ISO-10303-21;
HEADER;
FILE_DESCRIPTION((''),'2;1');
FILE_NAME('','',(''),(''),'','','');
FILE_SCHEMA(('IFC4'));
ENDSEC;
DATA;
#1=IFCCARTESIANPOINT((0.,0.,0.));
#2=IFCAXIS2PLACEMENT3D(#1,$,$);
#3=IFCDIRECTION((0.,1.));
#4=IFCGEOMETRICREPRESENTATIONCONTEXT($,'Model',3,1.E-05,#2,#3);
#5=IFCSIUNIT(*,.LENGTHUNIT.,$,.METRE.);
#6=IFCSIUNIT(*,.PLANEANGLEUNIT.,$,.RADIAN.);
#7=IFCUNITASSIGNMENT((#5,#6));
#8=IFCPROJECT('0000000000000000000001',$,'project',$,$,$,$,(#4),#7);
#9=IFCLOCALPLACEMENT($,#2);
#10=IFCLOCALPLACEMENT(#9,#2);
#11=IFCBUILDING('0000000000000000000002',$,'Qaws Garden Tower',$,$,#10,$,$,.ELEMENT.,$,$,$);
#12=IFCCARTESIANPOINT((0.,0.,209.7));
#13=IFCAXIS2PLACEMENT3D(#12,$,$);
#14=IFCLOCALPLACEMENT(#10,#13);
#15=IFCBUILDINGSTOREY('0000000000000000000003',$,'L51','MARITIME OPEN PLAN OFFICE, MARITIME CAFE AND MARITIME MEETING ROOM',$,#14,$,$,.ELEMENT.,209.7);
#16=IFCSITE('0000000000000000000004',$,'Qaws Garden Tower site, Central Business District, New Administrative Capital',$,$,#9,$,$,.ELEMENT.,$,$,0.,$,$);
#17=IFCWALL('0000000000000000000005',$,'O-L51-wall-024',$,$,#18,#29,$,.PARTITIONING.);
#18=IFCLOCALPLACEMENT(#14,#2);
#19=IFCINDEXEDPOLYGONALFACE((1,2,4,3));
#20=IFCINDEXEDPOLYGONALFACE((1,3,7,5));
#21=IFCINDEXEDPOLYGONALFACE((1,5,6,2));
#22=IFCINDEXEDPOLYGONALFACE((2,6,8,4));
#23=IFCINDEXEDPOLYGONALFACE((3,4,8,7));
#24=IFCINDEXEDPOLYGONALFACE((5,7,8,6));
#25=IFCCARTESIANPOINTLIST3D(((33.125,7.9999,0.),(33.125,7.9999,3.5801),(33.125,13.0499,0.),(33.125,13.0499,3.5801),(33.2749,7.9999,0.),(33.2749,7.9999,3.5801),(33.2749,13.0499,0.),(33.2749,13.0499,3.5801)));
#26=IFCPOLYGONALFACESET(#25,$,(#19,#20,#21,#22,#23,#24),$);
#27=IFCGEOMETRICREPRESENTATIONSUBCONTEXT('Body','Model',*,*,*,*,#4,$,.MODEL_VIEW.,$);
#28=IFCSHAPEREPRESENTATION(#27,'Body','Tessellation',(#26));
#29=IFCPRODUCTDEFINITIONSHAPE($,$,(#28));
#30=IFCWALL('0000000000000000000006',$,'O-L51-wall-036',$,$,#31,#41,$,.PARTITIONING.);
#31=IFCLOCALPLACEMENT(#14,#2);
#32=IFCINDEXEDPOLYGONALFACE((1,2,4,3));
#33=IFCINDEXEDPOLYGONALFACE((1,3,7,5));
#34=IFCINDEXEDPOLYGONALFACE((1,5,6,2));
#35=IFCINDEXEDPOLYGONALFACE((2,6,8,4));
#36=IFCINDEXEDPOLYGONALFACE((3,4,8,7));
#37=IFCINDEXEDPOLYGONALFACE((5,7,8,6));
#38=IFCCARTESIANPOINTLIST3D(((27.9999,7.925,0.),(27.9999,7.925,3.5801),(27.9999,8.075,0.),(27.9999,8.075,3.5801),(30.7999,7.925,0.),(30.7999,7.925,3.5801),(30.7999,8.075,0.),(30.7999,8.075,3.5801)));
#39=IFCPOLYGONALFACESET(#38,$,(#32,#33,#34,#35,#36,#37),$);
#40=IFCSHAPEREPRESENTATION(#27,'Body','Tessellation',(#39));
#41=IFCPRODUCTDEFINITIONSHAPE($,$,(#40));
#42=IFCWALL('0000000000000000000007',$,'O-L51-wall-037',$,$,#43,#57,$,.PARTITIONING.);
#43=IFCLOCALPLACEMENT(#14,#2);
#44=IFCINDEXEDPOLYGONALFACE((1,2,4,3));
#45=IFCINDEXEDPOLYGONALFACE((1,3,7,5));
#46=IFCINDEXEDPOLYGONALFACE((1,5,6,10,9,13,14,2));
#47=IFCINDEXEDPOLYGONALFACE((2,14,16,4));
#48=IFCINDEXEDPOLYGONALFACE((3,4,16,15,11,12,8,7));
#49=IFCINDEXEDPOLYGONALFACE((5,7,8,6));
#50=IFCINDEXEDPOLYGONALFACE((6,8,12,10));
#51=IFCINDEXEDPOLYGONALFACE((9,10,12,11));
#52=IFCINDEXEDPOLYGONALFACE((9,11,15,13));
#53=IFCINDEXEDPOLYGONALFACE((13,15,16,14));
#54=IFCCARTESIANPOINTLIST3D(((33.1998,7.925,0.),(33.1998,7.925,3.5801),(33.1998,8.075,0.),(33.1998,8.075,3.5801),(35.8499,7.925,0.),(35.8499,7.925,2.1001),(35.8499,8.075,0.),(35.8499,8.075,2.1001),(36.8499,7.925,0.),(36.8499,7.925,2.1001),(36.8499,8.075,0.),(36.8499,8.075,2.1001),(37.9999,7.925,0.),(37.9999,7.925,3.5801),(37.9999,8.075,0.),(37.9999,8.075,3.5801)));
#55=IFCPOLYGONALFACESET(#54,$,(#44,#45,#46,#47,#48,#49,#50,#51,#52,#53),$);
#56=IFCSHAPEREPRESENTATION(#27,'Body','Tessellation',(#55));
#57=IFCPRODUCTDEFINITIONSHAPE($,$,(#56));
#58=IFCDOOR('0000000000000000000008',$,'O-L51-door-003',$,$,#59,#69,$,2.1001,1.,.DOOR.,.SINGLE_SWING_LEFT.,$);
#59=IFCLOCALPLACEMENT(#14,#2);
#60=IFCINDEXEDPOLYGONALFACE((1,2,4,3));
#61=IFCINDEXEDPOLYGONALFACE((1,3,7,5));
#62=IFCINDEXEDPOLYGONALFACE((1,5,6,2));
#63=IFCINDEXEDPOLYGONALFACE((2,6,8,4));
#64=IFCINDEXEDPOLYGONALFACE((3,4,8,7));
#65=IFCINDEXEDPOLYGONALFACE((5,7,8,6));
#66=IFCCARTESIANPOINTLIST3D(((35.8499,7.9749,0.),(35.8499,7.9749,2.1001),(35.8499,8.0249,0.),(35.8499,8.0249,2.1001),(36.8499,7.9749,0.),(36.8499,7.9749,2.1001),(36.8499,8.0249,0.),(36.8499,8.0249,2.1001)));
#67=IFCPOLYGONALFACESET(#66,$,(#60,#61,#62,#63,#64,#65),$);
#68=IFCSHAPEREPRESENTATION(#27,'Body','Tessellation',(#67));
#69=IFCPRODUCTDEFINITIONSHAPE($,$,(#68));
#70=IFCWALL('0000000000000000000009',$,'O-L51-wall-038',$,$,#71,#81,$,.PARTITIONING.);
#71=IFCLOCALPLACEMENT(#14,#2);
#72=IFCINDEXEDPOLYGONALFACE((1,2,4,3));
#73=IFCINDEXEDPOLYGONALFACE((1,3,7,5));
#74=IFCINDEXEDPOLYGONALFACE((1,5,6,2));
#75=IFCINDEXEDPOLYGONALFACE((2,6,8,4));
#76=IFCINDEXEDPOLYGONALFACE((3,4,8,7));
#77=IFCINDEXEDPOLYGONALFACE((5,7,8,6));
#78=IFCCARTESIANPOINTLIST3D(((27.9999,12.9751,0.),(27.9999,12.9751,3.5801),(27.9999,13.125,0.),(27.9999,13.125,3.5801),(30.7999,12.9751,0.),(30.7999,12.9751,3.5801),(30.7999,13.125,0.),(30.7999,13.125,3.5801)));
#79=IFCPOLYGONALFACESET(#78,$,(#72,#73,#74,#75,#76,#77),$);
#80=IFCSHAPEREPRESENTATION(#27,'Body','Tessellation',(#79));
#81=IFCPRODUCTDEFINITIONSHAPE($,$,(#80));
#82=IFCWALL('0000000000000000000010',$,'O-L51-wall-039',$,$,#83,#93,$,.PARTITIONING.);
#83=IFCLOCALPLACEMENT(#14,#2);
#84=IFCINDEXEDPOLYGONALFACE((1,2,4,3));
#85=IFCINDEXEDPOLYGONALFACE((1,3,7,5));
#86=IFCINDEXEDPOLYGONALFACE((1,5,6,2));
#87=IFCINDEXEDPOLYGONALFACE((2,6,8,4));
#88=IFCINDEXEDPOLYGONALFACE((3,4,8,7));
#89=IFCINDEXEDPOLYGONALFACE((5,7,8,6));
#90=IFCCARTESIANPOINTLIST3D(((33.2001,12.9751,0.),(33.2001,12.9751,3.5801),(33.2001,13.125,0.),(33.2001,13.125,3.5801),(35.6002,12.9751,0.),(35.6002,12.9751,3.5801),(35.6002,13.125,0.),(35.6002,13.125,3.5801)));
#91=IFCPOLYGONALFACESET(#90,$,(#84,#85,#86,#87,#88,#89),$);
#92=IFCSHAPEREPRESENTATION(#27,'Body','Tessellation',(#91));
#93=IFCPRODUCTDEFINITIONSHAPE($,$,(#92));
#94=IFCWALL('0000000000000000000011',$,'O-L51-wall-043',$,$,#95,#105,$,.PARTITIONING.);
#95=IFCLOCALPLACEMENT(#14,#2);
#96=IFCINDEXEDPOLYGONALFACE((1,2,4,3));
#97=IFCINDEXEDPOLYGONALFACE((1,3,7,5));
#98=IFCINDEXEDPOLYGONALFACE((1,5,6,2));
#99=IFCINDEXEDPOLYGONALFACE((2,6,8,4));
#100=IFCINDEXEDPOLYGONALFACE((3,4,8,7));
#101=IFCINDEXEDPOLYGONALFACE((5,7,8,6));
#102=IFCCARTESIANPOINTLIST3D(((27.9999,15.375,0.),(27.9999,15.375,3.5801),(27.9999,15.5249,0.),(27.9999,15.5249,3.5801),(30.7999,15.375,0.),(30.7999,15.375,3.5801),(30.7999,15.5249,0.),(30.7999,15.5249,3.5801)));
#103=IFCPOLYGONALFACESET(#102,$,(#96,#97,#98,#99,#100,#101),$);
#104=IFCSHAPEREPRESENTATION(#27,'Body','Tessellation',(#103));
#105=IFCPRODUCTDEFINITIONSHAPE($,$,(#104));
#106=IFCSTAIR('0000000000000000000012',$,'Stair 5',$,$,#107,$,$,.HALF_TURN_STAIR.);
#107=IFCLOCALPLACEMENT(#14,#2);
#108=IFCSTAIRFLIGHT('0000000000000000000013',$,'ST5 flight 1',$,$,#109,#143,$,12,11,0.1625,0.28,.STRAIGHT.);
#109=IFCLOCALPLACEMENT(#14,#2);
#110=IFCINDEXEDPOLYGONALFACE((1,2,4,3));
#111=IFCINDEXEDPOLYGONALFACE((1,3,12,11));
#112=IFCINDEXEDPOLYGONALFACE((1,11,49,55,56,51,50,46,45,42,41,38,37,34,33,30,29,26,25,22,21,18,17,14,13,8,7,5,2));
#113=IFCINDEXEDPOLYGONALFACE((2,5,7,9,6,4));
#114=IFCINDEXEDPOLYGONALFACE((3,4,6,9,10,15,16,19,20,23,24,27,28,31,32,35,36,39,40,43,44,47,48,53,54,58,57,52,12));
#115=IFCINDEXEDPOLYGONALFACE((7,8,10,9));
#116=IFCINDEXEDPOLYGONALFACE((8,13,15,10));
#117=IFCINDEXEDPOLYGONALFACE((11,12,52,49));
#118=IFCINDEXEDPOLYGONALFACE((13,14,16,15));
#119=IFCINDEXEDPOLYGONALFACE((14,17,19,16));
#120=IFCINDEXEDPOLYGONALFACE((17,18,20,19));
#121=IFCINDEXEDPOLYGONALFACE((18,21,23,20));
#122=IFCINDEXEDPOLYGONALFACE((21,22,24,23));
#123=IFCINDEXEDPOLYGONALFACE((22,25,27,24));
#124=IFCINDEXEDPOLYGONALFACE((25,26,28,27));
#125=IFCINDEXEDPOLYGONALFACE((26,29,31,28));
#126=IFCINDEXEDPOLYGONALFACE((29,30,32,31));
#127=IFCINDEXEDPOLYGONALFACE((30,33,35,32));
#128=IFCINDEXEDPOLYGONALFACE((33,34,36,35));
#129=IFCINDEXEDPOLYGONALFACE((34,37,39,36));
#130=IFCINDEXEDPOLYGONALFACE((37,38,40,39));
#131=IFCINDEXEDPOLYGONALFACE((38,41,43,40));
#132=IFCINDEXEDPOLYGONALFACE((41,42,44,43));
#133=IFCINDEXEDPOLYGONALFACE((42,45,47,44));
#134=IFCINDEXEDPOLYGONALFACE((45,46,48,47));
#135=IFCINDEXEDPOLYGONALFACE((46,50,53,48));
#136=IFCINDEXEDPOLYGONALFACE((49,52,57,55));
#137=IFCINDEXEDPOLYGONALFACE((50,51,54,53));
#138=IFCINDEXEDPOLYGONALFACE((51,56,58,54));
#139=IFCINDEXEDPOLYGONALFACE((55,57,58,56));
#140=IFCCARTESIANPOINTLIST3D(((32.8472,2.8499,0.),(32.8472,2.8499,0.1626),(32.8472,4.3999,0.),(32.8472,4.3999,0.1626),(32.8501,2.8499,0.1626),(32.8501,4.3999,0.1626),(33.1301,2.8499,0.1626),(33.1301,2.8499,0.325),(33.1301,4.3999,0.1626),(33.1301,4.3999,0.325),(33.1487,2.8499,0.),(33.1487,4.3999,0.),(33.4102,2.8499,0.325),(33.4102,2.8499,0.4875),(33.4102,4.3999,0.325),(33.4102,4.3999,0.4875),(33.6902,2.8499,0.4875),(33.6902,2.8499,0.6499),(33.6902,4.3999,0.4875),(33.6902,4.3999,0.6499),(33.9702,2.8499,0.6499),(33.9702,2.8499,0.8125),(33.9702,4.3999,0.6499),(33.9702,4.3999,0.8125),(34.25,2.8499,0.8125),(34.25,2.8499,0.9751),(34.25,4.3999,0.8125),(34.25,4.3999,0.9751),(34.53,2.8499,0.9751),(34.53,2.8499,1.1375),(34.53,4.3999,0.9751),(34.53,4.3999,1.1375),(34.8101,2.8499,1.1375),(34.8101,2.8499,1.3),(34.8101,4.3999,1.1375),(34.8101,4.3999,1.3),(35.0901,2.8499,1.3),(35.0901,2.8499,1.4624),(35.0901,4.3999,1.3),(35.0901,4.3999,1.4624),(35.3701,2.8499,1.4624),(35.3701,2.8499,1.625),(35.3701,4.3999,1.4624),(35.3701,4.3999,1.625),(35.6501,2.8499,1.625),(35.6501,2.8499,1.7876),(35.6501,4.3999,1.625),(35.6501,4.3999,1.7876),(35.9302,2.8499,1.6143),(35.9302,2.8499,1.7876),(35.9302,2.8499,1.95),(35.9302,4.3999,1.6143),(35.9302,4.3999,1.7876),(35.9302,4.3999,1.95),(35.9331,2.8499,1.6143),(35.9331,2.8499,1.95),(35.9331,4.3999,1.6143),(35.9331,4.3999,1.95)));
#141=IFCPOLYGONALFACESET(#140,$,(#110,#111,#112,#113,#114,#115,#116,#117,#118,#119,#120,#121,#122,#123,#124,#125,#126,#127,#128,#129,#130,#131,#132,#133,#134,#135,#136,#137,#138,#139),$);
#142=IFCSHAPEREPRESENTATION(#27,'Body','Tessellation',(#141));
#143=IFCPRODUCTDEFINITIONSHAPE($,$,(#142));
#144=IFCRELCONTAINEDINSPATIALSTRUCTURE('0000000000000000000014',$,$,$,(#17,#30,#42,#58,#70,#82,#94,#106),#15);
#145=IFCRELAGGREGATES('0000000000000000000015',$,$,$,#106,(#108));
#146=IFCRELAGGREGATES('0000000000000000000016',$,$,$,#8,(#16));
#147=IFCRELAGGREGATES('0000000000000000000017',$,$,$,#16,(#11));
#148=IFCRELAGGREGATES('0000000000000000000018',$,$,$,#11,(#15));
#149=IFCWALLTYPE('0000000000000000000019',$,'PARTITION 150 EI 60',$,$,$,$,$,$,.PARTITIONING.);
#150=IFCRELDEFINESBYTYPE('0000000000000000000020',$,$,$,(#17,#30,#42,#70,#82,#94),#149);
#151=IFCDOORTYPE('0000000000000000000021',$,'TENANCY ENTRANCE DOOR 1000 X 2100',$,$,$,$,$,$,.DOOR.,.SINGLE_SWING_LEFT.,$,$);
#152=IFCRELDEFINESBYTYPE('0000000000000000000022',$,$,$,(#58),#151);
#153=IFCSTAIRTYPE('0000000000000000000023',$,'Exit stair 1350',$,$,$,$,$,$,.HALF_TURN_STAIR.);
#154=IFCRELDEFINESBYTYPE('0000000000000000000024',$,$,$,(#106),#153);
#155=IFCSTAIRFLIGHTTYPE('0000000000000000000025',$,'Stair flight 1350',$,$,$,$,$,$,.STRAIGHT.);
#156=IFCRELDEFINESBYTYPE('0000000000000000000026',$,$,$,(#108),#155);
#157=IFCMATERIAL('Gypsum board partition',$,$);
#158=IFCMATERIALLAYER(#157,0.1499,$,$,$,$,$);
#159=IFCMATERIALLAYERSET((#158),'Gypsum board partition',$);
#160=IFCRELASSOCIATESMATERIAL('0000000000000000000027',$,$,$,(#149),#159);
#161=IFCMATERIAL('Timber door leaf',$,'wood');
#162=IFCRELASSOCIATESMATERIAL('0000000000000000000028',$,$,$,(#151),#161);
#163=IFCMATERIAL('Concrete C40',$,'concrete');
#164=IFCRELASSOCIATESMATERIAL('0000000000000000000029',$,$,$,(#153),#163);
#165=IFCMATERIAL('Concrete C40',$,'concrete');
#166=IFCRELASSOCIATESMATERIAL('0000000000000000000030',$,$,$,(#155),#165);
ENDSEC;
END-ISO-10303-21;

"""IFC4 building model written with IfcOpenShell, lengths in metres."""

from ifc_helpers import new_model, si_unit, direction, frame, frame_2d, origin, place, context, subcontext, project, spatial, polyline, rectangle, outline, extrude, material, layer, layer_set, type_object, element, fill, aggregate, save


model = new_model("IFC4")

# Units and contexts
model_context = context("Model", 3, precision=1e-05, world=origin(), true_north=direction((0.0, 1.0)))
body_context = subcontext(model_context, "Body", "Model", "MODEL_VIEW")
ifc_project = project(units=[si_unit("LENGTHUNIT", "METRE"), si_unit("PLANEANGLEUNIT", "RADIAN")], contexts=[model_context])

# Site, building, storey
site_placement = place(None, origin())
site = spatial("IfcSite", under=ifc_project, at=site_placement, Name="Qaws Garden Tower site, Central Business District, New Administrative Capital", CompositionType="ELEMENT", RefElevation=0.0)
building_placement = place(site_placement, origin())
building = spatial("IfcBuilding", under=site, at=building_placement, Name="Qaws Garden Tower", CompositionType="ELEMENT")
storey_placement = place(building_placement, frame((0.0, 0.0, 209.7)))
storey = spatial("IfcBuildingStorey", under=building, at=storey_placement, Name="L51", Description="MARITIME OPEN PLAN OFFICE, MARITIME CAFE AND MARITIME MEETING ROOM", CompositionType="ELEMENT", Elevation=209.7)

# Shared definitions
ifc_material_1 = material(Name="Gypsum board partition")
ifc_layer_1 = layer(ifc_material_1, 0.1499)
ifc_layer_set_1 = layer_set([ifc_layer_1], Name="Gypsum board partition")
wall_type_1 = type_object("IfcWallType", Name="PARTITION 150 EI 60", PredefinedType="PARTITIONING", material=ifc_layer_set_1)
ifc_material_2 = material(Name="Timber door leaf", Category="wood")
door_type_1 = type_object("IfcDoorType", Name="TENANCY ENTRANCE DOOR 1000 X 2100", OperationType="SINGLE_SWING_LEFT", PredefinedType="DOOR", material=ifc_material_2)

# Walls
wall_1_placement = place(storey_placement, frame((33.2, 8.0, 0.0), z_axis=(0.0, 0.0, 1.0), x_axis=(0.0, 1.0, 0.0)))
element("IfcWall", 1, at=wall_1_placement, inside=storey, type_object=wall_type_1, Name="O-L51-wall-024", PredefinedType="PARTITIONING", context=body_context, shape_type="SweptSolid", body=[
    extrude(rectangle(XDim=5.05, YDim=0.1499, at=frame_2d((2.5249, 0.0))), origin(), (0.0, 0.0, 1.0), 3.5801),
])
wall_2_placement = place(storey_placement, frame((28.0, 8.0, 0.0), z_axis=(0.0, 0.0, 1.0), x_axis=(1.0, 0.0, 0.0)))
element("IfcWall", 2, at=wall_2_placement, inside=storey, type_object=wall_type_1, Name="O-L51-wall-036", PredefinedType="PARTITIONING", context=body_context, shape_type="SweptSolid", body=[
    extrude(rectangle(XDim=2.8, YDim=0.1499, at=frame_2d((1.3999, 0.0))), origin(), (0.0, 0.0, 1.0), 3.5801),
])

# Wall, opening, door
wall_3_placement = place(storey_placement, frame((33.2, 8.0, 0.0), z_axis=(0.0, 0.0, 1.0), x_axis=(1.0, 0.0, 0.0)))
wall_3 = element("IfcWall", 3, at=wall_3_placement, inside=storey, type_object=wall_type_1, Name="O-L51-wall-037", PredefinedType="PARTITIONING", context=body_context, shape_type="SweptSolid", body=[
    extrude(rectangle(XDim=4.8, YDim=0.1499, at=frame_2d((2.3999, 0.0))), origin(), (0.0, 0.0, 1.0), 3.5801),
])
opening_1_placement = place(wall_3_placement, frame((2.6499, 0.0, 0.0)))
opening_1 = element("IfcOpeningElement", 4, at=opening_1_placement, cuts=wall_3, PredefinedType="OPENING", context=body_context, shape_type="SweptSolid", body=[
    extrude(rectangle(XDim=1.0, YDim=2.1001, at=frame_2d((0.5, 1.05))), frame((0.0, 0.085, 0.0), z_axis=(0.0, -1.0, 0.0), x_axis=(1.0, 0.0, 0.0)), (0.0, 0.0, 1.0), 0.1699),
])
door_1_placement = place(opening_1_placement, origin())
door_1 = element("IfcDoor", 5, at=door_1_placement, inside=storey, type_object=door_type_1, Name="O-L51-door-003", OperationType="SINGLE_SWING_LEFT", OverallHeight=2.1001, OverallWidth=1.0, PredefinedType="DOOR", context=body_context, shape_type="SweptSolid", body=[
    extrude(rectangle(XDim=1.0, YDim=2.1001, at=frame_2d((0.5, 1.05))), frame((0.0, 0.0249, 0.0), z_axis=(0.0, -1.0, 0.0), x_axis=(1.0, 0.0, 0.0)), (0.0, 0.0, 1.0), 0.05),
])
fill(opening_1, door_1)

# Walls
wall_4_placement = place(storey_placement, frame((28.0, 13.05, 0.0), z_axis=(0.0, 0.0, 1.0), x_axis=(1.0, 0.0, 0.0)))
element("IfcWall", 6, at=wall_4_placement, inside=storey, type_object=wall_type_1, Name="O-L51-wall-038", PredefinedType="PARTITIONING", context=body_context, shape_type="SweptSolid", body=[
    extrude(rectangle(XDim=2.8, YDim=0.1499, at=frame_2d((1.3999, 0.0))), origin(), (0.0, 0.0, 1.0), 3.5801),
])
wall_5_placement = place(storey_placement, frame((33.2, 13.05, 0.0), z_axis=(0.0, 0.0, 1.0), x_axis=(1.0, 0.0, 0.0)))
element("IfcWall", 7, at=wall_5_placement, inside=storey, type_object=wall_type_1, Name="O-L51-wall-039", PredefinedType="PARTITIONING", context=body_context, shape_type="SweptSolid", body=[
    extrude(rectangle(XDim=2.4001, YDim=0.1499, at=frame_2d((1.2002, 0.0))), origin(), (0.0, 0.0, 1.0), 3.5801),
])
wall_6_placement = place(storey_placement, frame((28.0, 15.45, 0.0), z_axis=(0.0, 0.0, 1.0), x_axis=(1.0, 0.0, 0.0)))
element("IfcWall", 8, at=wall_6_placement, inside=storey, type_object=wall_type_1, Name="O-L51-wall-043", PredefinedType="PARTITIONING", context=body_context, shape_type="SweptSolid", body=[
    extrude(rectangle(XDim=2.8, YDim=0.1499, at=frame_2d((1.3999, 0.0))), origin(), (0.0, 0.0, 1.0), 3.5801),
])

# Stair, stair flight
ifc_material_3 = material(Name="Concrete C40", Category="concrete")
stair_type = type_object("IfcStairType", Name="Exit stair 1350", PredefinedType="HALF_TURN_STAIR", material=ifc_material_3)
stair_placement = place(storey_placement, origin())
stair = element("IfcStair", 9, at=stair_placement, inside=storey, type_object=stair_type, Name="Stair 5", PredefinedType="HALF_TURN_STAIR")
ifc_material_4 = material(Name="Concrete C40", Category="concrete")
stair_flight_type = type_object("IfcStairFlightType", Name="Stair flight 1350", PredefinedType="STRAIGHT", material=ifc_material_4)
stair_flight_placement = place(storey_placement, frame((32.8501, 3.625, 0.0), z_axis=(0.0, 0.0, 1.0), x_axis=(1.0, 0.0, 0.0)))
stair_flight = element("IfcStairFlight", 10, at=stair_flight_placement, type_object=stair_flight_type, Name="ST5 flight 1", NumberOfRisers=12, NumberOfTreads=11, PredefinedType="STRAIGHT", RiserHeight=0.1625, TreadLength=0.28, context=body_context, shape_type="SweptSolid", body=[
    extrude(outline(polyline([(-0.0029, 0.0), (-0.0029, 0.1626), (0.0, 0.1626), (0.28, 0.1626), (0.28, 0.325), (0.5601, 0.325), (0.5601, 0.4875), (0.8401, 0.4875), (0.8401, 0.6499), (1.1201, 0.6499), (1.1201, 0.8125), (1.3999, 0.8125), (1.3999, 0.9751), (1.6799, 0.9751), (1.6799, 1.1375), (1.96, 1.1375), (1.96, 1.3), (2.24, 1.3), (2.24, 1.4624), (2.52, 1.4624), (2.52, 1.625), (2.8, 1.625), (2.8, 1.7876), (3.0801, 1.7876), (3.0801, 1.95), (3.083, 1.95), (3.083, 1.6143), (3.0801, 1.6143), (0.2986, 0.0), (-0.0029, 0.0)])), frame((0.0, 0.7749, 0.0), z_axis=(0.0, -1.0, 0.0), x_axis=(1.0, 0.0, 0.0)), (0.0, 0.0, 1.0), 1.55),
])
aggregate(stair, [stair_flight])

save(model, "model.ifc")
